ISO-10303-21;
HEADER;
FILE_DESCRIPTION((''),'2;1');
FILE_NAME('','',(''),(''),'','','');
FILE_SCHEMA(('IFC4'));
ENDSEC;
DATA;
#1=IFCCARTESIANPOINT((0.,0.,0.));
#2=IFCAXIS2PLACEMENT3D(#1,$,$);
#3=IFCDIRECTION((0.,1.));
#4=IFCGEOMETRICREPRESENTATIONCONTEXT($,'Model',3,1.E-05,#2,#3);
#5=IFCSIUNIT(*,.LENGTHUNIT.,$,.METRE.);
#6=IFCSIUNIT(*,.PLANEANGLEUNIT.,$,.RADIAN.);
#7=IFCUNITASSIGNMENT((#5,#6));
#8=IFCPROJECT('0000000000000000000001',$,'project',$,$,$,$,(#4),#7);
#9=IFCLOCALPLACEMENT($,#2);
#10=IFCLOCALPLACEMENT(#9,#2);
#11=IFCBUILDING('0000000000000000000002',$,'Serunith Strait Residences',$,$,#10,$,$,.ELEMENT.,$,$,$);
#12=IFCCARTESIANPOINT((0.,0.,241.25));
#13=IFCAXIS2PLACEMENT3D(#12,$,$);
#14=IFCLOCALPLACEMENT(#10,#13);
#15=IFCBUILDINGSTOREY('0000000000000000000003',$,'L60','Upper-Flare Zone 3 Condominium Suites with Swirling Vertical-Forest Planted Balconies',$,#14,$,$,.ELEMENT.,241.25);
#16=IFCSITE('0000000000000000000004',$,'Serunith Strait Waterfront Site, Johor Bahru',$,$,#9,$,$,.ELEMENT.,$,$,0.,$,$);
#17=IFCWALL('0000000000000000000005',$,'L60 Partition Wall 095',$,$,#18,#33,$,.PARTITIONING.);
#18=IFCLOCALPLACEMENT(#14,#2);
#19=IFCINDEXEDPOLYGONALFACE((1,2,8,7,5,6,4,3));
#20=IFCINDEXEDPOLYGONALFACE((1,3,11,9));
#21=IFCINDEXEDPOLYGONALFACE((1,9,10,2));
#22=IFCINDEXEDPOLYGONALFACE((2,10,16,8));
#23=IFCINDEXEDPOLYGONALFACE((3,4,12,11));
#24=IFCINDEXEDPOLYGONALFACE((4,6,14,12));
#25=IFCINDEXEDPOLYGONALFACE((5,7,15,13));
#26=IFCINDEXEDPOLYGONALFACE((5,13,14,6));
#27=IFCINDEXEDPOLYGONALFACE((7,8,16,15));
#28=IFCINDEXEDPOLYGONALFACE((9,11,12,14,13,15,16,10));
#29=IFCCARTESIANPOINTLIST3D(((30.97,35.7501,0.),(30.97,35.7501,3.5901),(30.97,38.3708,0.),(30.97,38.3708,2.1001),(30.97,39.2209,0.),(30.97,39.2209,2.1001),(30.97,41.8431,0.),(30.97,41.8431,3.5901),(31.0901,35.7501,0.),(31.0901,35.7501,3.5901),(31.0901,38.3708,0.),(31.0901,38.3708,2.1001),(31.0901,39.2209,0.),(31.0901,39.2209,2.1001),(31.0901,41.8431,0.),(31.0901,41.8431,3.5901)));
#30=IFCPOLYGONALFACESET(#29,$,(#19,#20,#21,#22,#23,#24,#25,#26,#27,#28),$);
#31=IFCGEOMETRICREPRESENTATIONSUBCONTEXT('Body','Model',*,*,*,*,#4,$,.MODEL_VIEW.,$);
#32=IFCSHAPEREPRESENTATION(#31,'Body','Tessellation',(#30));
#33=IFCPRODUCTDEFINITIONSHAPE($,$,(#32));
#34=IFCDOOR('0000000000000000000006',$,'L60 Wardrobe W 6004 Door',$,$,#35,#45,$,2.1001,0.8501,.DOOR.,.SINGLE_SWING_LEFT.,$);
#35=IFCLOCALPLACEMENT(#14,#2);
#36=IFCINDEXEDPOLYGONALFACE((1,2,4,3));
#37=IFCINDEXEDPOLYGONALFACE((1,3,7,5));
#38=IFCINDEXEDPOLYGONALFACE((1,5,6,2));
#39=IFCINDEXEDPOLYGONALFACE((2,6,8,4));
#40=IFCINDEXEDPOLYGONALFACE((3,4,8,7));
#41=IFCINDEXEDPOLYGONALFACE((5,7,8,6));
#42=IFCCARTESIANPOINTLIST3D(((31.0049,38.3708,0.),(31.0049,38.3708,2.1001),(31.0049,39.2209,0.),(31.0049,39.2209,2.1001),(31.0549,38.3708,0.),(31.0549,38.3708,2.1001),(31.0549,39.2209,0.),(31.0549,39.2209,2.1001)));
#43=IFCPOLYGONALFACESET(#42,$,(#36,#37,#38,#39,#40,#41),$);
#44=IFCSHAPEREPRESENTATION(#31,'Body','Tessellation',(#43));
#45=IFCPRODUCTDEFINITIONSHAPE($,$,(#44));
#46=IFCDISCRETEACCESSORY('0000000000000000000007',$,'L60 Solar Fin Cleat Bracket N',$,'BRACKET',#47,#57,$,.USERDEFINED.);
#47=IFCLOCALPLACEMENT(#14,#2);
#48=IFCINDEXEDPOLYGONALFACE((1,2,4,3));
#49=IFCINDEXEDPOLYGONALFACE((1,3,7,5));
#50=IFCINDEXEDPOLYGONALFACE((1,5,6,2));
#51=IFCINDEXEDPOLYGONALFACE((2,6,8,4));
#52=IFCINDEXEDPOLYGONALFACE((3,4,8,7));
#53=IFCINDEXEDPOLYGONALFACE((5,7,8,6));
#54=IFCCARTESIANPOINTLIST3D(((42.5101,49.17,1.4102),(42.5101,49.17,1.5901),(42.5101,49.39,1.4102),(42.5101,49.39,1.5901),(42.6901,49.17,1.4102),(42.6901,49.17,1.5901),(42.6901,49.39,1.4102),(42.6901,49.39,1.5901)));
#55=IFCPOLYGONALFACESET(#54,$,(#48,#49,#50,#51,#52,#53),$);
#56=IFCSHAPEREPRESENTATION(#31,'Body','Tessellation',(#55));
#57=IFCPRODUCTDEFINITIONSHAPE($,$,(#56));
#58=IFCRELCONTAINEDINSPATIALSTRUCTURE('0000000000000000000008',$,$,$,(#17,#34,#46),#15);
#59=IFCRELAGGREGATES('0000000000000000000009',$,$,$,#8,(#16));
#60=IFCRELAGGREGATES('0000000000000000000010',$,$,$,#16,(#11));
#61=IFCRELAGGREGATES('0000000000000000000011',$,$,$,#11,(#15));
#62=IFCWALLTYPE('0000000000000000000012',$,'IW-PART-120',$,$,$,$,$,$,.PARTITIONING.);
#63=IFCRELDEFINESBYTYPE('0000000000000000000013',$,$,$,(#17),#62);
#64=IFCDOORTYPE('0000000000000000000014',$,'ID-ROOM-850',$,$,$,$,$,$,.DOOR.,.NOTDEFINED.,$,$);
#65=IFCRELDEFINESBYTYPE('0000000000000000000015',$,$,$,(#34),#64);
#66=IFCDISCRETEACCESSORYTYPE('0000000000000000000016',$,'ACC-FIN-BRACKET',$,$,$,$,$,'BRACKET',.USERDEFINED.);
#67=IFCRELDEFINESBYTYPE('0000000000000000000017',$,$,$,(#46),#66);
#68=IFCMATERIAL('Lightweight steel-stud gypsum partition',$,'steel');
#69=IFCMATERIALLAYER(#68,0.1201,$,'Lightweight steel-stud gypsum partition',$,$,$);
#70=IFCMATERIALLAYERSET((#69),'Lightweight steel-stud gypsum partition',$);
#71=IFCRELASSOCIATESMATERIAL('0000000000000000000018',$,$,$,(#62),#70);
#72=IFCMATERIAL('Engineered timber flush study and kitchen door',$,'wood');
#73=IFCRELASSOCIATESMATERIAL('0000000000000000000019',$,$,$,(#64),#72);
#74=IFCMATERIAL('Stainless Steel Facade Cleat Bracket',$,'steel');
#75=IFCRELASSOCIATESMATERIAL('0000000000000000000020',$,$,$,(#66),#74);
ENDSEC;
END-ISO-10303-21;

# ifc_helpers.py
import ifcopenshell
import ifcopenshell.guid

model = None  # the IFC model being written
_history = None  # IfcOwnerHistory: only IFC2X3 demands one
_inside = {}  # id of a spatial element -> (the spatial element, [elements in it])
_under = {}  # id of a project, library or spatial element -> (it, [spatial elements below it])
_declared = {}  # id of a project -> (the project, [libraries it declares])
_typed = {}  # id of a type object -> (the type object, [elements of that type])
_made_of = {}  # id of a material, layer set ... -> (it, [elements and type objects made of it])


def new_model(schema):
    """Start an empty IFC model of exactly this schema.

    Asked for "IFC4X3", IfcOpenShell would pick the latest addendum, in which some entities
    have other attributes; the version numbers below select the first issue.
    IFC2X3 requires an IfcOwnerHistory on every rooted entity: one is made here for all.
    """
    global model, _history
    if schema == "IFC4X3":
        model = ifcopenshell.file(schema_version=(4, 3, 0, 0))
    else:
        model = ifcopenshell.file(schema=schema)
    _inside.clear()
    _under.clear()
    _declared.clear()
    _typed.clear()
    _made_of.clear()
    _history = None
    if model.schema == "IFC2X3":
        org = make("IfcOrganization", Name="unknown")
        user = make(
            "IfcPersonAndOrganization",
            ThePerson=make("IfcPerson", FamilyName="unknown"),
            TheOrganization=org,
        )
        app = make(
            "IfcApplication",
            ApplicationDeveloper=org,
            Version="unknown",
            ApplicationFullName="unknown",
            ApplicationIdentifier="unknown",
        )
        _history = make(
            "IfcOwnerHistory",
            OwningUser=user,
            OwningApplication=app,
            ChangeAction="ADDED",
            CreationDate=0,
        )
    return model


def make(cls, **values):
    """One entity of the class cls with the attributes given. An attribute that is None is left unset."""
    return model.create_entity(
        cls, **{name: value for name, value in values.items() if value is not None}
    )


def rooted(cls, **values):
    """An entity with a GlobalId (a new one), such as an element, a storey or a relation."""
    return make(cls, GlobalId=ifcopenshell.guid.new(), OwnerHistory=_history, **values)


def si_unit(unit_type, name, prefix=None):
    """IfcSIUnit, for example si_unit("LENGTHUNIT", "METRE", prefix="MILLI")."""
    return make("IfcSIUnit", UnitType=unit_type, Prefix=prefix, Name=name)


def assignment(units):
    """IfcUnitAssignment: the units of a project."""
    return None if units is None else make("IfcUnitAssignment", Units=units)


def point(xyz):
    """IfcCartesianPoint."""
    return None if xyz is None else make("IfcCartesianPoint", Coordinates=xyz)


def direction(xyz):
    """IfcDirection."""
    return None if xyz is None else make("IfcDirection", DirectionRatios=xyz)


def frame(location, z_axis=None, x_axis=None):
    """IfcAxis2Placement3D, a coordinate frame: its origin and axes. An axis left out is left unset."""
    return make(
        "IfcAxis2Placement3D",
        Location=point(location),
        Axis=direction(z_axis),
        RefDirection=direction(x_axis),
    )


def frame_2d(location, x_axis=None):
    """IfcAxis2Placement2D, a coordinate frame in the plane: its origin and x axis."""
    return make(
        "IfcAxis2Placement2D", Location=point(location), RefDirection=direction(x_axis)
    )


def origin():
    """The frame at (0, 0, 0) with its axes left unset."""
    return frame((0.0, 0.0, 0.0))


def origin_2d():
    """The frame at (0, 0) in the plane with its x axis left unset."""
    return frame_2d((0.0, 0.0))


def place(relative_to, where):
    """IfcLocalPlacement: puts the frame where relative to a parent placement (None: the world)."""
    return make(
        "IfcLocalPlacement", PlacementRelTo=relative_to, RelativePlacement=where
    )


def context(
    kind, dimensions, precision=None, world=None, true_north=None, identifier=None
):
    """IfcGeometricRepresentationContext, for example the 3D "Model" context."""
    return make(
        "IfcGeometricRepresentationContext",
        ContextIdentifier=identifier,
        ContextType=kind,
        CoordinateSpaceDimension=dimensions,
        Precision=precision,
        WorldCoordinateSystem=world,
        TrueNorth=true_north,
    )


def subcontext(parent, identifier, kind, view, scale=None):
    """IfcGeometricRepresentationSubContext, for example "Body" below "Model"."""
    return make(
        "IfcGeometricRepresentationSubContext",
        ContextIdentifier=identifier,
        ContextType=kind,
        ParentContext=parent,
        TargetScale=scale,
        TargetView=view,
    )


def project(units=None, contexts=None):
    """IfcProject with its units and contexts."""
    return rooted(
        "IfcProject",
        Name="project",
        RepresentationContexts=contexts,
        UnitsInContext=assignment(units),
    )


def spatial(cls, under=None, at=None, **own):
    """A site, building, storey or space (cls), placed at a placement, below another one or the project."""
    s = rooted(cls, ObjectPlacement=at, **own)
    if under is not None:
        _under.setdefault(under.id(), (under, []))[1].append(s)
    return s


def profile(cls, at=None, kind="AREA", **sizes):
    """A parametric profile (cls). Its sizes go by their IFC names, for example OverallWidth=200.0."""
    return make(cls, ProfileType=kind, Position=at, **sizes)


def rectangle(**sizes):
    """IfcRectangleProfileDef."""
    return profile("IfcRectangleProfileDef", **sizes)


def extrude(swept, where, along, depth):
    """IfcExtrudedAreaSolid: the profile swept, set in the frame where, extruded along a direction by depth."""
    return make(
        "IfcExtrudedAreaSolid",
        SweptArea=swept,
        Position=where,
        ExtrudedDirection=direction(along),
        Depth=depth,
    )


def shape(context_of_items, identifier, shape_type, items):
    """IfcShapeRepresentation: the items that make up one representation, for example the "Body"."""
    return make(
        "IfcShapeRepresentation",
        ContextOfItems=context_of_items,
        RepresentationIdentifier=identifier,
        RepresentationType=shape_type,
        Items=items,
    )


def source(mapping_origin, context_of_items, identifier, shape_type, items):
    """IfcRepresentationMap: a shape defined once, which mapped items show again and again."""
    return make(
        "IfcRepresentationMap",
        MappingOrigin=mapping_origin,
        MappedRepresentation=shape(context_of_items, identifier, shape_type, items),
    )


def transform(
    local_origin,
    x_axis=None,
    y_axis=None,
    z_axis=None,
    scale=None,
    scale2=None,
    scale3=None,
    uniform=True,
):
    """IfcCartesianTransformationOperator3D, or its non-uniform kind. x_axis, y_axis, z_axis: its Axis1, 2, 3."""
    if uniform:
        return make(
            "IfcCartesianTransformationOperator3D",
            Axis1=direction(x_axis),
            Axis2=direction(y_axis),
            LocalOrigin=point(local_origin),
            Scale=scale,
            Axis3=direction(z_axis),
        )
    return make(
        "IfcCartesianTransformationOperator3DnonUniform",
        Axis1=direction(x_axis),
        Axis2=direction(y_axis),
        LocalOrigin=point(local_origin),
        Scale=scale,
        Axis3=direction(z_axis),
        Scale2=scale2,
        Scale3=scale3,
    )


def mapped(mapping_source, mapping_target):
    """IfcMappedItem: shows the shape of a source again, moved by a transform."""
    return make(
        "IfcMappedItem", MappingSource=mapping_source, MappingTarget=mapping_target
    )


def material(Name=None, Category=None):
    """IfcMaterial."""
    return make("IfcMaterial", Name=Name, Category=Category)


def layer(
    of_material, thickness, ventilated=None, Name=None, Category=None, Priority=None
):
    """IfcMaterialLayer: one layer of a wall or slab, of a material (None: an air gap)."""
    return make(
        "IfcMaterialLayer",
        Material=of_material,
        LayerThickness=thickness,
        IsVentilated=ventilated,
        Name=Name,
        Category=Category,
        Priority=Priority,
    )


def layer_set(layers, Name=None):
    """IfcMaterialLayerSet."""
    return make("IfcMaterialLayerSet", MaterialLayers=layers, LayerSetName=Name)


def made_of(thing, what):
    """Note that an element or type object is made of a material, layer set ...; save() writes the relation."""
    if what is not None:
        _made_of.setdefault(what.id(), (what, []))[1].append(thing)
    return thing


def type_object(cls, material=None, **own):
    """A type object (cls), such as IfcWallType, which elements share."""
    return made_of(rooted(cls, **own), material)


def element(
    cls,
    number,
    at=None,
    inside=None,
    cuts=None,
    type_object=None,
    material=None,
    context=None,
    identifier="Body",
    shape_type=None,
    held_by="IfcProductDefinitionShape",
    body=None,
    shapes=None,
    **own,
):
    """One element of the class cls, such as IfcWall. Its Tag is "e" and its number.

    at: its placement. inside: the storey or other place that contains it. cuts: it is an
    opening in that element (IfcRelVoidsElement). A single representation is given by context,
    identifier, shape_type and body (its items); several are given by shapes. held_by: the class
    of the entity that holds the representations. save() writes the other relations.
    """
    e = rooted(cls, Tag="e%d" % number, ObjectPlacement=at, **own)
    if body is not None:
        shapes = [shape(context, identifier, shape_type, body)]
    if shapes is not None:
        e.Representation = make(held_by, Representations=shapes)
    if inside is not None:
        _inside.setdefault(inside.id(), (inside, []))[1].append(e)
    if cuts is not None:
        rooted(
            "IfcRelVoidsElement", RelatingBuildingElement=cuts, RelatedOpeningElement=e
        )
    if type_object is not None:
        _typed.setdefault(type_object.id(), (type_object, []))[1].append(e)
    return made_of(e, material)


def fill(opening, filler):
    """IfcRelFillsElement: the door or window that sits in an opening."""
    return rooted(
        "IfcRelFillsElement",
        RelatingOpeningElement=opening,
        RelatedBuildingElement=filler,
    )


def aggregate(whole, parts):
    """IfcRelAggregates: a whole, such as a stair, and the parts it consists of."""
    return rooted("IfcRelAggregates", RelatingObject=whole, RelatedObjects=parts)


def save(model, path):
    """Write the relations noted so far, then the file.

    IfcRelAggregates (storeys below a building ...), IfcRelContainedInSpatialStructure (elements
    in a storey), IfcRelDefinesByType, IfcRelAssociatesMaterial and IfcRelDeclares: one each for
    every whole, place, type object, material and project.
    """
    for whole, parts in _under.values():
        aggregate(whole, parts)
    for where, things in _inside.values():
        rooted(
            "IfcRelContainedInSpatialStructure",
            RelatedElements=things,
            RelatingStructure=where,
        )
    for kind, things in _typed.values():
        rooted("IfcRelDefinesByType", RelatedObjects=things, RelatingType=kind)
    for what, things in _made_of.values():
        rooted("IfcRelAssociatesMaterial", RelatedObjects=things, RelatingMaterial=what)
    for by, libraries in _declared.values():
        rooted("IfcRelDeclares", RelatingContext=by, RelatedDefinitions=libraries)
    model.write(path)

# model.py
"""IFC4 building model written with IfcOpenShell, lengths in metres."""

from ifc_helpers import new_model, si_unit, direction, frame, frame_2d, origin, origin_2d, place, context, subcontext, project, spatial, rectangle, extrude, source, transform, mapped, material, layer, layer_set, type_object, element, fill, save


model = new_model("IFC4")

# Units and contexts
model_context = context("Model", 3, precision=1e-05, world=origin(), true_north=direction((0.0, 1.0)))
body_context = subcontext(model_context, "Body", "Model", "MODEL_VIEW")
ifc_project = project(units=[si_unit("LENGTHUNIT", "METRE"), si_unit("PLANEANGLEUNIT", "RADIAN")], contexts=[model_context])

# Site, building, storey
site_placement = place(None, origin())
site = spatial("IfcSite", under=ifc_project, at=site_placement, Name="Serunith Strait Waterfront Site, Johor Bahru", CompositionType="ELEMENT", RefElevation=0.0)
building_placement = place(site_placement, origin())
building = spatial("IfcBuilding", under=site, at=building_placement, Name="Serunith Strait Residences", CompositionType="ELEMENT")
storey_placement = place(building_placement, frame((0.0, 0.0, 241.25)))
storey = spatial("IfcBuildingStorey", under=building, at=storey_placement, Name="L60", Description="Upper-Flare Zone 3 Condominium Suites with Swirling Vertical-Forest Planted Balconies", CompositionType="ELEMENT", Elevation=241.25)

# Shared definitions
ifc_material_1 = material(Name="Lightweight steel-stud gypsum partition", Category="steel")
ifc_layer_1 = layer(ifc_material_1, 0.1201, Name="Lightweight steel-stud gypsum partition")
ifc_layer_set_1 = layer_set([ifc_layer_1], Name="Lightweight steel-stud gypsum partition")
wall_type = type_object("IfcWallType", Name="IW-PART-120", PredefinedType="PARTITIONING", material=ifc_layer_set_1)
ifc_material_2 = material(Name="Engineered timber flush study and kitchen door", Category="wood")
door_type_1 = type_object("IfcDoorType", Name="ID-ROOM-850", OperationType="NOTDEFINED", PredefinedType="DOOR", material=ifc_material_2)
shared_shape_1 = source(origin(), body_context, "Body", "SweptSolid", [
    extrude(rectangle(XDim=0.8501, YDim=2.1001, at=frame_2d((0.425, 1.05))), frame((0.0, 0.0249, 0.0), z_axis=(0.0, -1.0, 0.0), x_axis=(1.0, 0.0, 0.0)), (0.0, 0.0, 1.0), 0.05),
])

# Wall, opening, door
wall_1_placement = place(storey_placement, frame((31.03, 41.843, 0.0), z_axis=(0.0, 0.0, 1.0), x_axis=(0.0, -1.0, 0.0)))
wall_1 = element("IfcWall", 1, at=wall_1_placement, inside=storey, type_object=wall_type, Name="L60 Partition Wall 095", PredefinedType="PARTITIONING", context=body_context, shape_type="SweptSolid", body=[
    extrude(rectangle(XDim=6.093, YDim=0.1201, at=frame_2d((3.0464, 0.0))), origin(), (0.0, 0.0, 1.0), 3.5901),
])
opening_1_placement = place(wall_1_placement, frame((2.6221, 0.0, 0.0)))
opening_1 = element("IfcOpeningElement", 2, at=opening_1_placement, cuts=wall_1, PredefinedType="OPENING", context=body_context, shape_type="SweptSolid", body=[
    extrude(rectangle(XDim=0.8501, YDim=2.1001, at=frame_2d((0.425, 1.05))), frame((0.0, 0.0701, 0.0), z_axis=(0.0, -1.0, 0.0), x_axis=(1.0, 0.0, 0.0)), (0.0, 0.0, 1.0), 0.1401),
])
door_1_placement = place(opening_1_placement, origin())
door_1 = element("IfcDoor", 3, at=door_1_placement, inside=storey, type_object=door_type_1, Name="L60 Wardrobe W 6004 Door", OperationType="SINGLE_SWING_LEFT", OverallHeight=2.1001, OverallWidth=0.8501, PredefinedType="DOOR", context=body_context, shape_type="MappedRepresentation", body=[
    mapped(shared_shape_1, transform((0.0, 0.0, 0.0), scale=1.0)),
])
fill(opening_1, door_1)

# Discrete accessory
ifc_material_3 = material(Name="Stainless Steel Facade Cleat Bracket", Category="steel")
discrete_accessory_type = type_object("IfcDiscreteAccessoryType", Name="ACC-FIN-BRACKET", ElementType="BRACKET", PredefinedType="USERDEFINED", material=ifc_material_3)
shared_shape_2 = source(origin(), body_context, "Body", "SweptSolid", [
    extrude(rectangle(XDim=0.1799, YDim=0.22, at=origin_2d()), origin(), (0.0, 0.0, 1.0), 0.1799),
])
discrete_accessory_placement = place(storey_placement, frame((42.6001, 49.28, 1.4102), z_axis=(0.0, 0.0, 1.0), x_axis=(1.0, 0.0, 0.0)))
element("IfcDiscreteAccessory", 4, at=discrete_accessory_placement, inside=storey, type_object=discrete_accessory_type, Name="L60 Solar Fin Cleat Bracket N", ObjectType="BRACKET", PredefinedType="USERDEFINED", context=body_context, shape_type="MappedRepresentation", body=[
    mapped(shared_shape_2, transform((0.0, 0.0, 0.0), scale=1.0)),
])

save(model, "model.ifc")
